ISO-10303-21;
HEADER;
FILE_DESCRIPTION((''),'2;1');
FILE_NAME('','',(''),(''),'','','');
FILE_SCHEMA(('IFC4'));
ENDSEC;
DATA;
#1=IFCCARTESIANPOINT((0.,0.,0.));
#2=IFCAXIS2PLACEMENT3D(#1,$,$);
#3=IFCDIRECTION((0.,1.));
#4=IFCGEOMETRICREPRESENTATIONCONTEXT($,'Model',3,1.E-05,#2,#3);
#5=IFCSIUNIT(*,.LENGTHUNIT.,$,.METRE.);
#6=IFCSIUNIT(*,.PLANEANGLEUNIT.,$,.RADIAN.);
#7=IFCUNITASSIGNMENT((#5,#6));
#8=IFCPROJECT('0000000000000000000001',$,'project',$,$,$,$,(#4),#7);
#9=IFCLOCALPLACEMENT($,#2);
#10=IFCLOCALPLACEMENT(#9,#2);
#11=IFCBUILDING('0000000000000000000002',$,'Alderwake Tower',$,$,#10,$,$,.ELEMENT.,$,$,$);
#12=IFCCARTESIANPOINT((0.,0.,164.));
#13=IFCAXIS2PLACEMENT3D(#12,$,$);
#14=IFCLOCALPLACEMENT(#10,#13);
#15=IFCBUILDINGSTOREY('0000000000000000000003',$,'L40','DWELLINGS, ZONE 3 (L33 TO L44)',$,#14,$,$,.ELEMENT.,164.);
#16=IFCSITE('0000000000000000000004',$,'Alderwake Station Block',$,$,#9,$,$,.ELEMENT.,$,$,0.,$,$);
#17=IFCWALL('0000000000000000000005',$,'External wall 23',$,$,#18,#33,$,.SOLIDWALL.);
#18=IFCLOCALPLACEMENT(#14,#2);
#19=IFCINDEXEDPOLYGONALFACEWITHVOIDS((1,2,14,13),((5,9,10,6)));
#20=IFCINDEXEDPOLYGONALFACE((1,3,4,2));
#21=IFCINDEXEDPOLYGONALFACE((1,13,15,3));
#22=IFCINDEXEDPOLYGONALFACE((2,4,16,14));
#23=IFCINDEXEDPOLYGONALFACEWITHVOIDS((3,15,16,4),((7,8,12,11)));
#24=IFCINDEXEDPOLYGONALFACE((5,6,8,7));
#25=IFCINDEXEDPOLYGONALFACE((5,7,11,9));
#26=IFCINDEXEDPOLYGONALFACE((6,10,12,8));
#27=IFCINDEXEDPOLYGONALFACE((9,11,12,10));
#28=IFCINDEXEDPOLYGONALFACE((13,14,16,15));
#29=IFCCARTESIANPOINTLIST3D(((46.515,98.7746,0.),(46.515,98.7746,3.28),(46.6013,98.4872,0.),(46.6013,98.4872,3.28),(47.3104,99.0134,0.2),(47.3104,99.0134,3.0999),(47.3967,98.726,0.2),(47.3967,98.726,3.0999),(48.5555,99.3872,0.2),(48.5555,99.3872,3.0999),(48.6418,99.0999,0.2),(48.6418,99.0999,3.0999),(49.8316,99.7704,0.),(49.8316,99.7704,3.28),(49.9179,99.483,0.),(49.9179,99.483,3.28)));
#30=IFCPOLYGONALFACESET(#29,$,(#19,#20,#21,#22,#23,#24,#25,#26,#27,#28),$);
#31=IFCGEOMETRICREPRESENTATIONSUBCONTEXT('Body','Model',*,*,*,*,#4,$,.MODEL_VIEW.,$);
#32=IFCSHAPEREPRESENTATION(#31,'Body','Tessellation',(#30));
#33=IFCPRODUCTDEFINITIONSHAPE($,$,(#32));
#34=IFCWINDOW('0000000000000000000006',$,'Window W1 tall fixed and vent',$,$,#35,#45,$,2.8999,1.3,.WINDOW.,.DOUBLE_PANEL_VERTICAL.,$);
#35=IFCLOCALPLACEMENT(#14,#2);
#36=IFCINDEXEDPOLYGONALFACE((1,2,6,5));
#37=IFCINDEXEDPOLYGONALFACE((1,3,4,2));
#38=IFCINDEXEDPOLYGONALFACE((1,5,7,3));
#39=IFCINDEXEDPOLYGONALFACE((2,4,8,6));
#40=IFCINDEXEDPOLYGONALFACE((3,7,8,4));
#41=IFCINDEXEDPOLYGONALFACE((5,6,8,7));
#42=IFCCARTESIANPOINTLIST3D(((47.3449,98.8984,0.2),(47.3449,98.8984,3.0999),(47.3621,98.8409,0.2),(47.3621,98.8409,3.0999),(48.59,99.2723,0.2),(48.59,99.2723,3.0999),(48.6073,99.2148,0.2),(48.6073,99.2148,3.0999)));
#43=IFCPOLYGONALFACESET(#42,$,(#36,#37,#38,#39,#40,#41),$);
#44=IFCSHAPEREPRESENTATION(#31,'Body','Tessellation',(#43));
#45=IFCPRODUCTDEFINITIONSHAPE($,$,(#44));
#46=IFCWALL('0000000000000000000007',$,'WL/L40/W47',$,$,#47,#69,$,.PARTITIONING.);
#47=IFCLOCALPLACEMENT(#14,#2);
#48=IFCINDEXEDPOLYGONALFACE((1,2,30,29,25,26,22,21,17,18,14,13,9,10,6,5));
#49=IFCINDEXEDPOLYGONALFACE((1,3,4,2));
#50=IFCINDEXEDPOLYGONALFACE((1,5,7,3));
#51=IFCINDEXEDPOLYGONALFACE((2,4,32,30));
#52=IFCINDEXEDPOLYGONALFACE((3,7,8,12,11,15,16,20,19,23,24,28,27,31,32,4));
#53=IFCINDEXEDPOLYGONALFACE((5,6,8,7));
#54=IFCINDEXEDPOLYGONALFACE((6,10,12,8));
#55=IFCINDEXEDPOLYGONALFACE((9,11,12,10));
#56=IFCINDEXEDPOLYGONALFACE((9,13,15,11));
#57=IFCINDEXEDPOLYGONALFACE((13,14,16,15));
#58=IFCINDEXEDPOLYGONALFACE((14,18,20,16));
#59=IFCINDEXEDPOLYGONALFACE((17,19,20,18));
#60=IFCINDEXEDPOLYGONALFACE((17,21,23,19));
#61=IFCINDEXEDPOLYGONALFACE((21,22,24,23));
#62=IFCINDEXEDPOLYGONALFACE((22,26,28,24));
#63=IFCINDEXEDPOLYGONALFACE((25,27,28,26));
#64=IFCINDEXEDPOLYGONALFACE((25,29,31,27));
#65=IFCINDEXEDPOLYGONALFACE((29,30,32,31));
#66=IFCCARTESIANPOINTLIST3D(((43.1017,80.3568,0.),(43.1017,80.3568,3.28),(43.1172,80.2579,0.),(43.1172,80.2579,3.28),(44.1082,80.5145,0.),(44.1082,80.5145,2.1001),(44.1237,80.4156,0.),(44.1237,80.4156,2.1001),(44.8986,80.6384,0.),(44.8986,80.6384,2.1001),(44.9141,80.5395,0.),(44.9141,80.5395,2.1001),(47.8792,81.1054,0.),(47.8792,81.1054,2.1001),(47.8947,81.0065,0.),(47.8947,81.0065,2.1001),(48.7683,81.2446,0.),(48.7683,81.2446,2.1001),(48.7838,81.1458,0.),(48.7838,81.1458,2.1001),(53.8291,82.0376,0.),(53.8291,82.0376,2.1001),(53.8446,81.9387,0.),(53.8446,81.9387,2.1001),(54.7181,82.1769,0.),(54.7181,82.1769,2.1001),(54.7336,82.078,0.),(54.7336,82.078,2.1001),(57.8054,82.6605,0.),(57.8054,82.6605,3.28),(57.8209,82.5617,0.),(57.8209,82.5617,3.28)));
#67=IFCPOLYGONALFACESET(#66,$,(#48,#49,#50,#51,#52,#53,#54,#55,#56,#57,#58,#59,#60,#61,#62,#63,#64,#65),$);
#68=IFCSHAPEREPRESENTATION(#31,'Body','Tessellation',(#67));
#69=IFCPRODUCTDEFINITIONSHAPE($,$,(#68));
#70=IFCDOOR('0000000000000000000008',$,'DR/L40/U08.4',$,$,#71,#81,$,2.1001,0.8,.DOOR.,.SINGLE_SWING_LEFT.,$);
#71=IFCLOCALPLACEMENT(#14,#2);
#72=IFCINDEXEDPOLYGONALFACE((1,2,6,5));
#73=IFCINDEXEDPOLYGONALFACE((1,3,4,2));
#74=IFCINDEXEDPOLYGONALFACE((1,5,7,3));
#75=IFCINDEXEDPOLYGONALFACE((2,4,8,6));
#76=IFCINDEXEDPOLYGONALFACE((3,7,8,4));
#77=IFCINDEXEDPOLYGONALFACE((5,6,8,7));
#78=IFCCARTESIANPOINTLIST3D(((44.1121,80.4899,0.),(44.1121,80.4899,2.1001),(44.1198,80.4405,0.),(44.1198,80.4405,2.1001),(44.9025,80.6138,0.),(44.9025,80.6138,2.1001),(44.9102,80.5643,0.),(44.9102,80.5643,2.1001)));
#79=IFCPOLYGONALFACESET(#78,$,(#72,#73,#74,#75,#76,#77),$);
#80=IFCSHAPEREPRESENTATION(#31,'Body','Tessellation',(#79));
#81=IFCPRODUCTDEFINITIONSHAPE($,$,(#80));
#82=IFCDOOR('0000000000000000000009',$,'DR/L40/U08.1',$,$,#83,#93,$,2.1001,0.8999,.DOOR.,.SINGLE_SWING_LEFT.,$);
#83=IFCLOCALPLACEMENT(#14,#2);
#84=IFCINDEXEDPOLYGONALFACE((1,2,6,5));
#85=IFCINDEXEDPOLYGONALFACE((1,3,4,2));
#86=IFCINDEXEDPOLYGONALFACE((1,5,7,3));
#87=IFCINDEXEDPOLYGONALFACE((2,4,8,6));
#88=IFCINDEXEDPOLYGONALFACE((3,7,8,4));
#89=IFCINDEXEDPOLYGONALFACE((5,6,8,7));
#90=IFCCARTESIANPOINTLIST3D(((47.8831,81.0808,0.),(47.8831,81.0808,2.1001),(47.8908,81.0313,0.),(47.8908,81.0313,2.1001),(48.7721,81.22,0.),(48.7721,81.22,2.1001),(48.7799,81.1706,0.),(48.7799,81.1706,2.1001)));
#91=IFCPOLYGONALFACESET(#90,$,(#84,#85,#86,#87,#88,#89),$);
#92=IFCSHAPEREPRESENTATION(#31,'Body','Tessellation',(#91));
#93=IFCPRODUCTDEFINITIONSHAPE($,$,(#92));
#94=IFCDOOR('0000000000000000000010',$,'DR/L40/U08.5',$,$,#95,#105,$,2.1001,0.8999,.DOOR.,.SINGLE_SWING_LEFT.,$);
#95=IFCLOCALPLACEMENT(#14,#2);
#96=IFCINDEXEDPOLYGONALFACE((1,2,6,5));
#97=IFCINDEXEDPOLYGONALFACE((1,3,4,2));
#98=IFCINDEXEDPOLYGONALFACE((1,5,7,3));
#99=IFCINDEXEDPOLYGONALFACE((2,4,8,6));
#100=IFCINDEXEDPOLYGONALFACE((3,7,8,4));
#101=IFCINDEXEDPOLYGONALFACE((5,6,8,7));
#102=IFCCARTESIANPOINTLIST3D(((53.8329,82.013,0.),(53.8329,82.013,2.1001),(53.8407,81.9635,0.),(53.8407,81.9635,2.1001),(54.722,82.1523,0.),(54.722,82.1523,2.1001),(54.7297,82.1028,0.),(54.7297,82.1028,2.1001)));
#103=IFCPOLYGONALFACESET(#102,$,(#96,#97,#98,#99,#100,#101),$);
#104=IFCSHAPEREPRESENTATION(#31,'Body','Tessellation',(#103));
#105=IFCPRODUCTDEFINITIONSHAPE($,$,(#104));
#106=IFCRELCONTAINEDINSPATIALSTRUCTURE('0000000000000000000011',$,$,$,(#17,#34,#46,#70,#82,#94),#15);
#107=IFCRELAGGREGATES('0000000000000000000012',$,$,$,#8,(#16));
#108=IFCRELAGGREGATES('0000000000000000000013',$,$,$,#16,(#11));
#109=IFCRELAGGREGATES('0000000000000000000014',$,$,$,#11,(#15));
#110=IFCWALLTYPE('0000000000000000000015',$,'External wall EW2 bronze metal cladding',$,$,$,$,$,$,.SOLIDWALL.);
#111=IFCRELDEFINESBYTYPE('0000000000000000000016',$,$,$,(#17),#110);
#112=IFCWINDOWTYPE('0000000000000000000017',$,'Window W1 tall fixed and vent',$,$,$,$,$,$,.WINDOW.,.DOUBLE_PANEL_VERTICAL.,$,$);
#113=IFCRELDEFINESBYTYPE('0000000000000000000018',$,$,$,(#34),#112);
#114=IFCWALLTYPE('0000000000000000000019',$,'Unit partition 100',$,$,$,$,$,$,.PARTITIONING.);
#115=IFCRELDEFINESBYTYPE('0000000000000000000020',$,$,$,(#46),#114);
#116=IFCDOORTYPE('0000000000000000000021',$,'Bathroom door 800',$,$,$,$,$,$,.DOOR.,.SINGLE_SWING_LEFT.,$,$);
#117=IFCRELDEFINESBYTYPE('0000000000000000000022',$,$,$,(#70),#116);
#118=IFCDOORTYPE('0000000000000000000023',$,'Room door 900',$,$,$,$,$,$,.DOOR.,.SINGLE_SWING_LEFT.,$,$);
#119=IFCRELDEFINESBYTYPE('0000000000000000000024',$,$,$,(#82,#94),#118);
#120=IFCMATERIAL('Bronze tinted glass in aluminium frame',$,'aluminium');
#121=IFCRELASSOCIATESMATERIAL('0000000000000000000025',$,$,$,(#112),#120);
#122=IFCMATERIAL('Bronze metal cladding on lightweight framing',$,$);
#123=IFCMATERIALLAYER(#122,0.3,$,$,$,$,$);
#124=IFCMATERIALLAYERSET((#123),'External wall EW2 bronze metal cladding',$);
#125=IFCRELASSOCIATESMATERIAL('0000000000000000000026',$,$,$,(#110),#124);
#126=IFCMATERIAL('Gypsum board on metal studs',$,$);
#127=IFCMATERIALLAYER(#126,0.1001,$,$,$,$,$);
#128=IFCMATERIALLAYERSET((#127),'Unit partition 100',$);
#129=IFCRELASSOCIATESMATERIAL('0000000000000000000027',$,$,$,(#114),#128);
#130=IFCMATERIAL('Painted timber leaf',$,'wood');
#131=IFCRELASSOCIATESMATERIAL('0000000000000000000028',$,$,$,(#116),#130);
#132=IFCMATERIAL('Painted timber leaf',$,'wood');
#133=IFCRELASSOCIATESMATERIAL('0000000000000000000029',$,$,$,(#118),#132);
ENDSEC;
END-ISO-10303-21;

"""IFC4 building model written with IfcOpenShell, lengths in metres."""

from ifc_helpers import new_model, si_unit, direction, frame, frame_2d, origin, place, context, subcontext, project, spatial, rectangle, extrude, material, layer, layer_set, type_object, element, fill, save


model = new_model("IFC4")

# Units and contexts
model_context = context("Model", 3, precision=1e-05, world=origin(), true_north=direction((0.0, 1.0)))
body_context = subcontext(model_context, "Body", "Model", "MODEL_VIEW")
ifc_project = project(units=[si_unit("LENGTHUNIT", "METRE"), si_unit("PLANEANGLEUNIT", "RADIAN")], contexts=[model_context])

# Site, building, storey
site_placement = place(None, origin())
site = spatial("IfcSite", under=ifc_project, at=site_placement, Name="Alderwake Station Block", CompositionType="ELEMENT", RefElevation=0.0)
building_placement = place(site_placement, origin())
building = spatial("IfcBuilding", under=site, at=building_placement, Name="Alderwake Tower", CompositionType="ELEMENT")
storey_placement = place(building_placement, frame((0.0, 0.0, 164.0)))
storey = spatial("IfcBuildingStorey", under=building, at=storey_placement, Name="L40", Description="DWELLINGS, ZONE 3 (L33 TO L44)", CompositionType="ELEMENT", Elevation=164.0)

# Shared definitions
ifc_material_1 = material(Name="Bronze tinted glass in aluminium frame", Category="aluminium")
window_type = type_object("IfcWindowType", Name="Window W1 tall fixed and vent", PartitioningType="DOUBLE_PANEL_VERTICAL", PredefinedType="WINDOW", material=ifc_material_1)

# Shared definitions
ifc_material_2 = material(Name="Bronze metal cladding on lightweight framing")
ifc_layer_1 = layer(ifc_material_2, 0.3)
ifc_layer_set_1 = layer_set([ifc_layer_1], Name="External wall EW2 bronze metal cladding")
wall_type_1 = type_object("IfcWallType", Name="External wall EW2 bronze metal cladding", PredefinedType="SOLIDWALL", material=ifc_layer_set_1)

# Wall, opening, window
wall_1_placement = place(storey_placement, frame((49.8748, 99.6267, 0.0), z_axis=(0.0, 0.0, 1.0), x_axis=(-0.957758, -0.287574, 0.0)))
wall_1 = element("IfcWall", 1, at=wall_1_placement, inside=storey, type_object=wall_type_1, Name="External wall 23", PredefinedType="SOLIDWALL", context=body_context, shape_type="SweptSolid", body=[
    extrude(rectangle(XDim=3.4629, YDim=0.3, at=frame_2d((1.7314, 0.0))), origin(), (0.0, 0.0, 1.0), 3.28),
])
opening_1_placement = place(wall_1_placement, frame((1.3325, 0.0, 0.2)))
opening_1 = element("IfcOpeningElement", 2, at=opening_1_placement, cuts=wall_1, PredefinedType="OPENING", context=body_context, shape_type="SweptSolid", body=[
    extrude(rectangle(XDim=1.3, YDim=2.8999, at=frame_2d((0.6499, 1.45))), frame((0.0, 0.1599, 0.0), z_axis=(0.0, -1.0, 0.0), x_axis=(1.0, 0.0, 0.0)), (0.0, 0.0, 1.0), 0.3201),
])
window_1_placement = place(opening_1_placement, origin())
window_1 = element("IfcWindow", 3, at=window_1_placement, inside=storey, type_object=window_type, Name="Window W1 tall fixed and vent", OverallHeight=2.8999, OverallWidth=1.3, PartitioningType="DOUBLE_PANEL_VERTICAL", PredefinedType="WINDOW", context=body_context, shape_type="SweptSolid", body=[
    extrude(rectangle(XDim=1.3, YDim=2.8999, at=frame_2d((0.6499, 1.45))), frame((0.0, 0.03, 0.0), z_axis=(0.0, -1.0, 0.0), x_axis=(1.0, 0.0, 0.0)), (0.0, 0.0, 1.0), 0.0601),
])
fill(opening_1, window_1)

# Wall, openings, doors
ifc_material_3 = material(Name="Gypsum board on metal studs")
ifc_layer_2 = layer(ifc_material_3, 0.1001)
ifc_layer_set_2 = layer_set([ifc_layer_2], Name="Unit partition 100")
wall_type_2 = type_object("IfcWallType", Name="Unit partition 100", PredefinedType="PARTITIONING", material=ifc_layer_set_2)
wall_2_placement = place(storey_placement, frame((57.813, 82.6111, 0.0), z_axis=(0.0, 0.0, 1.0), x_axis=(-0.987948, -0.154788, 0.0)))
wall_2 = element("IfcWall", 4, at=wall_2_placement, inside=storey, type_object=wall_type_2, Name="WL/L40/W47", PredefinedType="PARTITIONING", context=body_context, shape_type="SweptSolid", body=[
    extrude(rectangle(XDim=14.8831, YDim=0.1001, at=frame_2d((7.4414, 0.0))), origin(), (0.0, 0.0, 1.0), 3.28),
])
opening_2_placement = place(wall_2_placement, frame((9.1472, 0.0, 0.0)))
opening_2 = element("IfcOpeningElement", 5, at=opening_2_placement, cuts=wall_2, PredefinedType="OPENING", context=body_context, shape_type="SweptSolid", body=[
    extrude(rectangle(XDim=0.8999, YDim=2.1001, at=frame_2d((0.45, 1.05))), frame((0.0, 0.0601, 0.0), z_axis=(0.0, -1.0, 0.0), x_axis=(1.0, 0.0, 0.0)), (0.0, 0.0, 1.0), 0.1201),
])
opening_3_placement = place(wall_2_placement, frame((13.0642, 0.0, 0.0)))
opening_3 = element("IfcOpeningElement", 6, at=opening_3_placement, cuts=wall_2, PredefinedType="OPENING", context=body_context, shape_type="SweptSolid", body=[
    extrude(rectangle(XDim=0.8, YDim=2.1001, at=frame_2d((0.3999, 1.05))), frame((0.0, 0.0601, 0.0), z_axis=(0.0, -1.0, 0.0), x_axis=(1.0, 0.0, 0.0)), (0.0, 0.0, 1.0), 0.1201),
])
opening_4_placement = place(wall_2_placement, frame((3.1248, 0.0, 0.0)))
opening_4 = element("IfcOpeningElement", 7, at=opening_4_placement, cuts=wall_2, PredefinedType="OPENING", context=body_context, shape_type="SweptSolid", body=[
    extrude(rectangle(XDim=0.8999, YDim=2.1001, at=frame_2d((0.45, 1.05))), frame((0.0, 0.0601, 0.0), z_axis=(0.0, -1.0, 0.0), x_axis=(1.0, 0.0, 0.0)), (0.0, 0.0, 1.0), 0.1201),
])
ifc_material_4 = material(Name="Painted timber leaf", Category="wood")
door_type_1 = type_object("IfcDoorType", Name="Bathroom door 800", OperationType="SINGLE_SWING_LEFT", PredefinedType="DOOR", material=ifc_material_4)
door_1_placement = place(opening_3_placement, origin())
door_1 = element("IfcDoor", 8, at=door_1_placement, inside=storey, type_object=door_type_1, Name="DR/L40/U08.4", OperationType="SINGLE_SWING_LEFT", OverallHeight=2.1001, OverallWidth=0.8, PredefinedType="DOOR", context=body_context, shape_type="SweptSolid", body=[
    extrude(rectangle(XDim=0.8, YDim=2.1001, at=frame_2d((0.3999, 1.05))), frame((0.0, 0.0249, 0.0), z_axis=(0.0, -1.0, 0.0), x_axis=(1.0, 0.0, 0.0)), (0.0, 0.0, 1.0), 0.05),
])
fill(opening_3, door_1)
ifc_material_5 = material(Name="Painted timber leaf", Category="wood")
door_type_2 = type_object("IfcDoorType", Name="Room door 900", OperationType="SINGLE_SWING_LEFT", PredefinedType="DOOR", material=ifc_material_5)
door_2_placement = place(opening_2_placement, origin())
door_2 = element("IfcDoor", 9, at=door_2_placement, inside=storey, type_object=door_type_2, Name="DR/L40/U08.1", OperationType="SINGLE_SWING_LEFT", OverallHeight=2.1001, OverallWidth=0.8999, PredefinedType="DOOR", context=body_context, shape_type="SweptSolid", body=[
    extrude(rectangle(XDim=0.8999, YDim=2.1001, at=frame_2d((0.45, 1.05))), frame((0.0, 0.0249, 0.0), z_axis=(0.0, -1.0, 0.0), x_axis=(1.0, 0.0, 0.0)), (0.0, 0.0, 1.0), 0.05),
])
fill(opening_2, door_2)
door_3_placement = place(opening_4_placement, origin())
door_3 = element("IfcDoor", 10, at=door_3_placement, inside=storey, type_object=door_type_2, Name="DR/L40/U08.5", OperationType="SINGLE_SWING_LEFT", OverallHeight=2.1001, OverallWidth=0.8999, PredefinedType="DOOR", context=body_context, shape_type="SweptSolid", body=[
    extrude(rectangle(XDim=0.8999, YDim=2.1001, at=frame_2d((0.45, 1.05))), frame((0.0, 0.0249, 0.0), z_axis=(0.0, -1.0, 0.0), x_axis=(1.0, 0.0, 0.0)), (0.0, 0.0, 1.0), 0.05),
])
fill(opening_4, door_3)

save(model, "model.ifc")
